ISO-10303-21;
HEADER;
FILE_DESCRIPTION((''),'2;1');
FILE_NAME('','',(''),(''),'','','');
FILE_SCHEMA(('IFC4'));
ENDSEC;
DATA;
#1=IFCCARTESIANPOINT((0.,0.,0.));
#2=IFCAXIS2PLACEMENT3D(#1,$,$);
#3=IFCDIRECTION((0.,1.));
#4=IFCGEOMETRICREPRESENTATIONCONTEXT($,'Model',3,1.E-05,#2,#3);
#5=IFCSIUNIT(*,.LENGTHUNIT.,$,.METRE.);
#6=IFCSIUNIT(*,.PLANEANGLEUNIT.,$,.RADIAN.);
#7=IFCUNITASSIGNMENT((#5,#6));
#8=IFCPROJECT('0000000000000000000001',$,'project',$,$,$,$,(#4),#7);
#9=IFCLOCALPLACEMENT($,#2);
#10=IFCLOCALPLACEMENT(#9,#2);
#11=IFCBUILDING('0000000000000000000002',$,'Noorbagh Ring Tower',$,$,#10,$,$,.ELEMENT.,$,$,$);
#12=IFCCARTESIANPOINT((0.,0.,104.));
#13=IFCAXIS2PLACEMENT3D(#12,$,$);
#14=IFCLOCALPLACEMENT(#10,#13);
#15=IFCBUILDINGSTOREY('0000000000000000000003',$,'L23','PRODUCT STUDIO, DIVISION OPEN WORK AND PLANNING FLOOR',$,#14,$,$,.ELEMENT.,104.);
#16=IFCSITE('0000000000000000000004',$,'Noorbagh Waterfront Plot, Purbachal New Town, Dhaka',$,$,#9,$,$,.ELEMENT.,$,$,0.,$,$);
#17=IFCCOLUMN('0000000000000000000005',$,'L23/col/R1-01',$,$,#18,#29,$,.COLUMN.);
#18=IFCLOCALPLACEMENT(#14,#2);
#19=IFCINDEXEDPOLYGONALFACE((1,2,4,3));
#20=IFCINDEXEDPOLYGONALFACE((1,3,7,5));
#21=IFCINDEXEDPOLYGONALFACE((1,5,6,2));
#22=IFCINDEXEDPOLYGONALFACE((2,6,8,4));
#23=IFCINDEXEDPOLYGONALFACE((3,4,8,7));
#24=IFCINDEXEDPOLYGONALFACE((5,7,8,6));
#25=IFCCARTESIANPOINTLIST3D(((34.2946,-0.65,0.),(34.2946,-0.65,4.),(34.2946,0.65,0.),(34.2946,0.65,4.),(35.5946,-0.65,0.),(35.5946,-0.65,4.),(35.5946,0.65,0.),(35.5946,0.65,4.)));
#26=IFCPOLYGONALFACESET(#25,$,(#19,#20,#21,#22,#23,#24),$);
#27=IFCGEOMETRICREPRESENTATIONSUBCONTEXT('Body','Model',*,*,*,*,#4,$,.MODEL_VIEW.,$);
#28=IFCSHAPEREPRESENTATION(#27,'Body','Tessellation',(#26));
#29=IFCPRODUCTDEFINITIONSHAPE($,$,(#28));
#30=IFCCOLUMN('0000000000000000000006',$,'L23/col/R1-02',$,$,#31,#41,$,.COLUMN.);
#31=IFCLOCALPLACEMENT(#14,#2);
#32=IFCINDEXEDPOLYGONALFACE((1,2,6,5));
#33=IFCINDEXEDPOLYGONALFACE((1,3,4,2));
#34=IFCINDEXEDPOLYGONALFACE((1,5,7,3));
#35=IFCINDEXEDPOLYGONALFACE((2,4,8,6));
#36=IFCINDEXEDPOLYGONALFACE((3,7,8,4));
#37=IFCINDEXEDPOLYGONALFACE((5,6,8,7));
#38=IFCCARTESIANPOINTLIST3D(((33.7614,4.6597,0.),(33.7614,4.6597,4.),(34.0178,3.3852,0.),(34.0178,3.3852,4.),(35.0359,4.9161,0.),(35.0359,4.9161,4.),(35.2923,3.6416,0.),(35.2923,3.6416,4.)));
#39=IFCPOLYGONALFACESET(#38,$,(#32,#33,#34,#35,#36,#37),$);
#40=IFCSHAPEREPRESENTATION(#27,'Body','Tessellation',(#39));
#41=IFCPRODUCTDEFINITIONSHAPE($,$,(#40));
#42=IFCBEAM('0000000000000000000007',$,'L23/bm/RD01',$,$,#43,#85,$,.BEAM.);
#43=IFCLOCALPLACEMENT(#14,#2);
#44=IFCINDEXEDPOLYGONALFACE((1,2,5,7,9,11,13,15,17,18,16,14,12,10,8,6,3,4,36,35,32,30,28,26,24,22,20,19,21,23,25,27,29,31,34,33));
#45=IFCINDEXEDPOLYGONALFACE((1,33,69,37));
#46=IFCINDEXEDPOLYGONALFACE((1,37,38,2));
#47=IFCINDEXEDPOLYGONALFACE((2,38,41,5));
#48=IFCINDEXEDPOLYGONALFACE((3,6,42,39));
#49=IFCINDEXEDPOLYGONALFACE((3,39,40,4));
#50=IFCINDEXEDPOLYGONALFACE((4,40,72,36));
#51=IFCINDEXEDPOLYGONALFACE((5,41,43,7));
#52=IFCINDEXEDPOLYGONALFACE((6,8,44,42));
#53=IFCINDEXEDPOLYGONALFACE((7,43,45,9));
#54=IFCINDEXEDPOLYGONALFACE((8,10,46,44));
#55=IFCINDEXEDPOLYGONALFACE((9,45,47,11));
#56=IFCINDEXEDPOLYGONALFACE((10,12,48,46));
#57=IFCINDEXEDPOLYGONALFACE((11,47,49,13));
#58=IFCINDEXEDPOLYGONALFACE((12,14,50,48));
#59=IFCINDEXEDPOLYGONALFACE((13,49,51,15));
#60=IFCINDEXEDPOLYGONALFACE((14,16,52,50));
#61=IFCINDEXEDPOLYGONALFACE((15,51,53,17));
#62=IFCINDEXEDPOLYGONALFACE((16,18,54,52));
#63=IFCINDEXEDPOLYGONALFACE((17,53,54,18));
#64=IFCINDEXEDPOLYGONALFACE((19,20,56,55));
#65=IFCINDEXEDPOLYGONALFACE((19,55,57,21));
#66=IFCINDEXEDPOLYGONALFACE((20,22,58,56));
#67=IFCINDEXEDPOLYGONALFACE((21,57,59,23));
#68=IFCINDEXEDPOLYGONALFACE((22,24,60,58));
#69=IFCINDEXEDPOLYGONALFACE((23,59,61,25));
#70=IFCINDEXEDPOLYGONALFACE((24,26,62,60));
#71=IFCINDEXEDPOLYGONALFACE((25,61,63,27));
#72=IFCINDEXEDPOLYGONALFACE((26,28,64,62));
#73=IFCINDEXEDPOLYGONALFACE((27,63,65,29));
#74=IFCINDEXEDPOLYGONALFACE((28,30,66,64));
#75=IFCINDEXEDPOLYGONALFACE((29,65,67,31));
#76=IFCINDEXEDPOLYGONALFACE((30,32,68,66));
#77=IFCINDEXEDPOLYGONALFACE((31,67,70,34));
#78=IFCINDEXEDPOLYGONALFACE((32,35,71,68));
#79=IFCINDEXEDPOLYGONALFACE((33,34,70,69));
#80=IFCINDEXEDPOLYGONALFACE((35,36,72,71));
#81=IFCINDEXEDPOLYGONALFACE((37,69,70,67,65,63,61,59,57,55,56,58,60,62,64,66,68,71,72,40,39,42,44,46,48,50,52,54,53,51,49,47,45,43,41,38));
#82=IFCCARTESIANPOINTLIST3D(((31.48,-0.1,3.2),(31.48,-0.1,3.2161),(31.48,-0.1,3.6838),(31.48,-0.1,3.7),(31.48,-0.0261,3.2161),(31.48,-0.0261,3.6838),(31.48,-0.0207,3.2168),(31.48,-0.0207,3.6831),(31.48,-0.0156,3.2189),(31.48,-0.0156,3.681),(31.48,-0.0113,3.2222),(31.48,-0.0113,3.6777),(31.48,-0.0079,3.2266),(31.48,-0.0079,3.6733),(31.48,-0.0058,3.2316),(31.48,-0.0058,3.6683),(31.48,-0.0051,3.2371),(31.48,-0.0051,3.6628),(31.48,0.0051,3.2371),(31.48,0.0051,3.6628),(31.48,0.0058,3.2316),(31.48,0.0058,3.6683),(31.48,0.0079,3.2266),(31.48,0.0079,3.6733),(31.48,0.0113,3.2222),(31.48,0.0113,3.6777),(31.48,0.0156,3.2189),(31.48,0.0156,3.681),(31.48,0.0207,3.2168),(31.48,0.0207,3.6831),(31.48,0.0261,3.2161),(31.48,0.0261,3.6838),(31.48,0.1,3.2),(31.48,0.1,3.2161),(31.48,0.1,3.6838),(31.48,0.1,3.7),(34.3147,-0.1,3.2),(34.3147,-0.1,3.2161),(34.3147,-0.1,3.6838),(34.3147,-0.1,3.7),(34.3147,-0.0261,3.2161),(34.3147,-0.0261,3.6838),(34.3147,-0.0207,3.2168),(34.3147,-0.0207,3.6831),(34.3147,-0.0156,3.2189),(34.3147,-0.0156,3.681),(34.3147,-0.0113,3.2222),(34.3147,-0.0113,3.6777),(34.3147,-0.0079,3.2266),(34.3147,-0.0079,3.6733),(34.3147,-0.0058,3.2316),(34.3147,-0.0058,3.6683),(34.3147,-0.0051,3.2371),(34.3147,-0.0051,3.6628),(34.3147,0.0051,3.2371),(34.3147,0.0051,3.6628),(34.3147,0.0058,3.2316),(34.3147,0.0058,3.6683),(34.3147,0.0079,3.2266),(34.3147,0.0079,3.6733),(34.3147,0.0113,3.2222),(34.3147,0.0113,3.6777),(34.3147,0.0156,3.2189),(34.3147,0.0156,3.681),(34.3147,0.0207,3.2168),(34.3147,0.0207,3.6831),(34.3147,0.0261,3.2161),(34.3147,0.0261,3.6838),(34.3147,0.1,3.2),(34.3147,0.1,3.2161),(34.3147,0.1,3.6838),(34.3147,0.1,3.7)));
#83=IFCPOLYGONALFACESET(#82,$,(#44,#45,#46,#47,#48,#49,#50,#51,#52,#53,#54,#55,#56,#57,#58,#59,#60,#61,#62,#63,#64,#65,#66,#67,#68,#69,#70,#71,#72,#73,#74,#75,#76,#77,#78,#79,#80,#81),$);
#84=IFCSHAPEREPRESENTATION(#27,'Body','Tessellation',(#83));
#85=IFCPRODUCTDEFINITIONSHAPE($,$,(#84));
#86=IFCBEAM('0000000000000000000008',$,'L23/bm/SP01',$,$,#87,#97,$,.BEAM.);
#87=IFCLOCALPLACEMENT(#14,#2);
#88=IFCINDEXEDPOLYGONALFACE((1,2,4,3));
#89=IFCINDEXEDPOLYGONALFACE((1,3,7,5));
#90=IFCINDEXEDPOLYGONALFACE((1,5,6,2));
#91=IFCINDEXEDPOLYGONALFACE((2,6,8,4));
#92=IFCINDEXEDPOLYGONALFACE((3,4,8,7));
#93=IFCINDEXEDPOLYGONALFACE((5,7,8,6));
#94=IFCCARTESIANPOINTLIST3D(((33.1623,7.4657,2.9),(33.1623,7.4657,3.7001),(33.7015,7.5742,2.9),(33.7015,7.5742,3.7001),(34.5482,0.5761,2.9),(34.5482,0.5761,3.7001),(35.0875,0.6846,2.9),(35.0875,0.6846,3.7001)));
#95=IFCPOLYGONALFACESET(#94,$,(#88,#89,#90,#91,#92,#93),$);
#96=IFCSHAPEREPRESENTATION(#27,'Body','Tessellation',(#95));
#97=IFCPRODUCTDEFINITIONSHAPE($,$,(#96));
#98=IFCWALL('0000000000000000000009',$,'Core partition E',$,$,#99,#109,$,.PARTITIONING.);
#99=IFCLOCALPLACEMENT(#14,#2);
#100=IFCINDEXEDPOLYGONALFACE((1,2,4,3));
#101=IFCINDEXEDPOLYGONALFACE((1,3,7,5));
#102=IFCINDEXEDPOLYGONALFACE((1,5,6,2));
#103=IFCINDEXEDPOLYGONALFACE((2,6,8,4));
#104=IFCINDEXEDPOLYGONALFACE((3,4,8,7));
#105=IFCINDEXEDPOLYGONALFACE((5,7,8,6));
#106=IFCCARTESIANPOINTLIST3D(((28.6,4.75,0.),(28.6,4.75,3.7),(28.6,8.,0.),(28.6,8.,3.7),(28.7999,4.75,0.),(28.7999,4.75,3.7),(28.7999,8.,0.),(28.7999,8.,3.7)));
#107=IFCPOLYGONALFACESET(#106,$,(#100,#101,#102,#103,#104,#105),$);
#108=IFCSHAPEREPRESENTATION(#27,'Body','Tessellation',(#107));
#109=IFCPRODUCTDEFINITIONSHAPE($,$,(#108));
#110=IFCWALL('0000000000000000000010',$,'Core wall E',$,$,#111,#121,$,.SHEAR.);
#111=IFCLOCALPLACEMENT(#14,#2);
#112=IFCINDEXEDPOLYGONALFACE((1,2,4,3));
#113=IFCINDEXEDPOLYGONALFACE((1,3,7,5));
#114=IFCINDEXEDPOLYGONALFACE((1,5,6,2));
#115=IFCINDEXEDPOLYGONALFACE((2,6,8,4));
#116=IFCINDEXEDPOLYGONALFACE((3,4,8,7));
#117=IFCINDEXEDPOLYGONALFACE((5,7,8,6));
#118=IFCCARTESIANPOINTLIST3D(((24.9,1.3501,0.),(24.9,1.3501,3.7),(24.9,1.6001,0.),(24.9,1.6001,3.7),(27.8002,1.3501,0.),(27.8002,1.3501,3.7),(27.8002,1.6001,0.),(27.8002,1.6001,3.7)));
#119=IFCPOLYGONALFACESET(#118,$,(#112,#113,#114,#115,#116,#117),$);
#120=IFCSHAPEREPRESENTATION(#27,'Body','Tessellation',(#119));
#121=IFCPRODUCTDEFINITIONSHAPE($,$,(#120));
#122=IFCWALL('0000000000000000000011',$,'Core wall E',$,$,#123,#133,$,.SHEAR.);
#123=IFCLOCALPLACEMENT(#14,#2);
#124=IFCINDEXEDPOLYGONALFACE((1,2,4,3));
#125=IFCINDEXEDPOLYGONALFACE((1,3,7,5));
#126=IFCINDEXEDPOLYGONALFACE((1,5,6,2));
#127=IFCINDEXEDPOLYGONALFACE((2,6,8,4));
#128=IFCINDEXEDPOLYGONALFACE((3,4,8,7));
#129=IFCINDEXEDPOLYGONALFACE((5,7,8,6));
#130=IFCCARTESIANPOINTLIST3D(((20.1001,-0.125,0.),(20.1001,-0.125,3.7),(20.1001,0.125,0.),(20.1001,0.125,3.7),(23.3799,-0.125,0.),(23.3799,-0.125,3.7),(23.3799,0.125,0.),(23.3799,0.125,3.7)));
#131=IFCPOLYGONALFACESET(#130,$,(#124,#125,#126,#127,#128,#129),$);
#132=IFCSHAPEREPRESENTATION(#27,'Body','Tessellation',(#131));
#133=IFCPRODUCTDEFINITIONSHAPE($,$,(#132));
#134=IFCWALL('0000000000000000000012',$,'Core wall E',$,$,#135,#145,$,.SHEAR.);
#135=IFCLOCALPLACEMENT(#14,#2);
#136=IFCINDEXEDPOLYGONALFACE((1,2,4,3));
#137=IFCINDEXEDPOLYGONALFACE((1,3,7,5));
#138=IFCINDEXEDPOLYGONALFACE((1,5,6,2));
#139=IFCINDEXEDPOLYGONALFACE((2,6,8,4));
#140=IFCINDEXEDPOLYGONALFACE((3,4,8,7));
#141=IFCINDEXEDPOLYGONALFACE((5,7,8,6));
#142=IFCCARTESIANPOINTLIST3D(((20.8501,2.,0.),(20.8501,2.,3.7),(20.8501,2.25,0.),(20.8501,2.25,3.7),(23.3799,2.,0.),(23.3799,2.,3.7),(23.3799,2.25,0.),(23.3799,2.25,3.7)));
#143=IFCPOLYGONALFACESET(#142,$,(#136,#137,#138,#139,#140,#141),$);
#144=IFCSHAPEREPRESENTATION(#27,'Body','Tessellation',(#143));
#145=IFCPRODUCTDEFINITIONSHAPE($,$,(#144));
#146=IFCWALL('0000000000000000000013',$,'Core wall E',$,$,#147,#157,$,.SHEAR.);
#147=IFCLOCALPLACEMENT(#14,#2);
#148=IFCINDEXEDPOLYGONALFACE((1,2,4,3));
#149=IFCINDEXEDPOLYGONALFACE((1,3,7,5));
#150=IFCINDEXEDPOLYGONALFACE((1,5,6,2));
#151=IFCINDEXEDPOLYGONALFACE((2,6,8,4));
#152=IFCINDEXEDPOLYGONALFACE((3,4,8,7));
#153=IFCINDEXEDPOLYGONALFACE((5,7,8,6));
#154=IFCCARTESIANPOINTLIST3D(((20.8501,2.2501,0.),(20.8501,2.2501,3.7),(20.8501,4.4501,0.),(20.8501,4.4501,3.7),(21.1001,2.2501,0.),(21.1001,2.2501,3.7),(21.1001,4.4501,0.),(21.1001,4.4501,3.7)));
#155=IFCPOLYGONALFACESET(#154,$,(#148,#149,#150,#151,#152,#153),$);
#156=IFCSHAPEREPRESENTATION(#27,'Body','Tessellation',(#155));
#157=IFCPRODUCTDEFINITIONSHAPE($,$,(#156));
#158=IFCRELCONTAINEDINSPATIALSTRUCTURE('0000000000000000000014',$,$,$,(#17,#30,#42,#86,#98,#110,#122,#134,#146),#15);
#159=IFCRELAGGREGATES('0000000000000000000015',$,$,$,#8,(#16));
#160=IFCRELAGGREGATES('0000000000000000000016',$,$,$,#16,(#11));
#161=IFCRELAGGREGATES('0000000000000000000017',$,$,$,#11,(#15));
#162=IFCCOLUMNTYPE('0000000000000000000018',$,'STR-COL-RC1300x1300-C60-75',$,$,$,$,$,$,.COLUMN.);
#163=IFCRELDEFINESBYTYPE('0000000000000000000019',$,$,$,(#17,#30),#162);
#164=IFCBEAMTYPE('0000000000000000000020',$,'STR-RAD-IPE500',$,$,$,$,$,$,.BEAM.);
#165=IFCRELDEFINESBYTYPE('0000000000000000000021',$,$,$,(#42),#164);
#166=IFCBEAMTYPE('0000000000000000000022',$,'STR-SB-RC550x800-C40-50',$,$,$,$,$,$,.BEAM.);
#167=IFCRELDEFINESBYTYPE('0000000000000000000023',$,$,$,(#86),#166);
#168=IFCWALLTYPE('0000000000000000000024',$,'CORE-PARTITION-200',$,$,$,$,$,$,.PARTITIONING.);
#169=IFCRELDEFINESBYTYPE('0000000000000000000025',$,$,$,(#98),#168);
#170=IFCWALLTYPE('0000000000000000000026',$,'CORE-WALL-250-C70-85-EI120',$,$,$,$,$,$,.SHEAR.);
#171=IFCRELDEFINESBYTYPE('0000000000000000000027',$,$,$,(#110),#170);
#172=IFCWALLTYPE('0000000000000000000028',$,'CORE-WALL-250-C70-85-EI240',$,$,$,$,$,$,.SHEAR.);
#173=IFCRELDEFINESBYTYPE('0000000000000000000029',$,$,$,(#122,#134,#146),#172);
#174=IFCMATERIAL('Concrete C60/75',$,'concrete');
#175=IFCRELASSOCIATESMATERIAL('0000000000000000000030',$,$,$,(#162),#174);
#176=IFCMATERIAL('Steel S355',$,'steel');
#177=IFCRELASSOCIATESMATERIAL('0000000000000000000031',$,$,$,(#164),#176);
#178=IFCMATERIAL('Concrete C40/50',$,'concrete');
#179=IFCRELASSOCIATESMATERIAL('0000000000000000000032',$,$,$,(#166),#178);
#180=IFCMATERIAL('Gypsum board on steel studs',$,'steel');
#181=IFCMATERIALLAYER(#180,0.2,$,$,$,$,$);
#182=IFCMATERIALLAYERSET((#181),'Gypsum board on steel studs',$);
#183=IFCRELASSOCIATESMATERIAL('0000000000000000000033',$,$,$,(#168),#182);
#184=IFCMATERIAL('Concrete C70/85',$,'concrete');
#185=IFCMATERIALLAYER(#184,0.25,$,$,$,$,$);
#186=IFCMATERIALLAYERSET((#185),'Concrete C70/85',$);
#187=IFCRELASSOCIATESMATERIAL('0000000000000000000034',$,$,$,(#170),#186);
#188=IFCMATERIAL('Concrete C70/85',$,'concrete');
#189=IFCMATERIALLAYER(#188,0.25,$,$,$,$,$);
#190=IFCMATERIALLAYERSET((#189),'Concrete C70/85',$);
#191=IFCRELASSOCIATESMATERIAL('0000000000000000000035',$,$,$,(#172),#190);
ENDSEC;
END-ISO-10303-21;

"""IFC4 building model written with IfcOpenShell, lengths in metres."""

from ifc_helpers import new_model, si_unit, direction, frame, frame_2d, origin, origin_2d, place, context, subcontext, project, spatial, rectangle, i_section, extrude, material, layer, layer_set, material_profile, profile_set, type_object, element, save


model = new_model("IFC4")

# Units and contexts
model_context = context("Model", 3, precision=1e-05, world=origin(), true_north=direction((0.0, 1.0)))
body_context = subcontext(model_context, "Body", "Model", "MODEL_VIEW")
ifc_project = project(units=[si_unit("LENGTHUNIT", "METRE"), si_unit("PLANEANGLEUNIT", "RADIAN")], contexts=[model_context])

# Site, building, storey
site_placement = place(None, origin())
site = spatial("IfcSite", under=ifc_project, at=site_placement, Name="Noorbagh Waterfront Plot, Purbachal New Town, Dhaka", CompositionType="ELEMENT", RefElevation=0.0)
building_placement = place(site_placement, origin())
building = spatial("IfcBuilding", under=site, at=building_placement, Name="Noorbagh Ring Tower", CompositionType="ELEMENT")
storey_placement = place(building_placement, frame((0.0, 0.0, 104.0)))
storey = spatial("IfcBuildingStorey", under=building, at=storey_placement, Name="L23", Description="PRODUCT STUDIO, DIVISION OPEN WORK AND PLANNING FLOOR", CompositionType="ELEMENT", Elevation=104.0)

# Columns
ifc_material_1 = material(Name="Concrete C60/75", Category="concrete")
ifc_material_profile_1 = material_profile(ifc_material_1, rectangle(XDim=1.3, YDim=1.3, at=origin_2d()), Name="RC1300x1300")
ifc_profile_set_1 = profile_set([ifc_material_profile_1], Name="Concrete C60/75")
column_type = type_object("IfcColumnType", Name="STR-COL-RC1300x1300-C60-75", PredefinedType="COLUMN", material=ifc_profile_set_1)
for number, where, z_axis, x_axis, name in (
    (1, (34.9446, 0.0, 0.0), (0.0, 0.0, 1.0), (0.0, 1.0, 0.0), "L23/col/R1-01"),
    (2, (34.5269, 4.1506, 0.0), (0.0, 0.0, 1.0), (-0.19723, 0.980357, 0.0), "L23/col/R1-02"),
):
    element("IfcColumn", number, at=place(storey_placement, frame(where, z_axis=z_axis, x_axis=x_axis)), inside=storey, type_object=column_type, Name=name, PredefinedType="COLUMN", context=body_context, shape_type="SweptSolid", body=[
        extrude(rectangle(XDim=1.3, YDim=1.3, at=origin_2d()), origin(), (0.0, 0.0, 1.0), 4.0),
    ])

# Beams
ifc_material_2 = material(Name="Steel S355", Category="steel")
ifc_material_profile_2 = material_profile(ifc_material_2, i_section(OverallWidth=0.2, OverallDepth=0.5, WebThickness=0.0103, FlangeThickness=0.0161, FilletRadius=0.021, at=origin_2d()), Name="IPE500")
ifc_profile_set_2 = profile_set([ifc_material_profile_2], Name="Steel S355")
beam_type_1 = type_object("IfcBeamType", Name="STR-RAD-IPE500", PredefinedType="BEAM", material=ifc_profile_set_2)
beam_1_placement = place(storey_placement, frame((34.3147, 0.0, 3.45), z_axis=(-1.0, 0.0, 0.0), x_axis=(0.0, -1.0, 0.0)))
element("IfcBeam", 3, at=beam_1_placement, inside=storey, type_object=beam_type_1, Name="L23/bm/RD01", PredefinedType="BEAM", context=body_context, shape_type="SweptSolid", body=[
    extrude(i_section(OverallWidth=0.2, OverallDepth=0.5, WebThickness=0.0103, FlangeThickness=0.0161, FilletRadius=0.021, at=origin_2d()), origin(), (0.0, 0.0, 1.0), 2.8347),
])
ifc_material_3 = material(Name="Concrete C40/50", Category="concrete")
ifc_material_profile_3 = material_profile(ifc_material_3, rectangle(XDim=0.55, YDim=0.8, at=origin_2d()), Name="RC550x800")
ifc_profile_set_3 = profile_set([ifc_material_profile_3], Name="Concrete C40/50")
beam_type_2 = type_object("IfcBeamType", Name="STR-SB-RC550x800-C40-50", PredefinedType="BEAM", material=ifc_profile_set_3)
beam_2_placement = place(storey_placement, frame((34.8179, 0.6304, 3.3), z_axis=(-0.197218, 0.98036, 0.0), x_axis=(-0.98036, -0.197218, 0.0)))
element("IfcBeam", 4, at=beam_2_placement, inside=storey, type_object=beam_type_2, Name="L23/bm/SP01", PredefinedType="BEAM", context=body_context, shape_type="SweptSolid", body=[
    extrude(rectangle(XDim=0.55, YDim=0.8, at=origin_2d()), origin(), (0.0, 0.0, 1.0), 7.0276),
])

# Walls
ifc_material_4 = material(Name="Gypsum board on steel studs", Category="steel")
ifc_layer_1 = layer(ifc_material_4, 0.2)
ifc_layer_set_1 = layer_set([ifc_layer_1], Name="Gypsum board on steel studs")
wall_type_1 = type_object("IfcWallType", Name="CORE-PARTITION-200", PredefinedType="PARTITIONING", material=ifc_layer_set_1)
wall_1_placement = place(storey_placement, frame((28.7, 4.75, 0.0), z_axis=(0.0, 0.0, 1.0), x_axis=(0.0, 1.0, 0.0)))
element("IfcWall", 5, at=wall_1_placement, inside=storey, type_object=wall_type_1, Name="Core partition E", PredefinedType="PARTITIONING", context=body_context, shape_type="SweptSolid", body=[
    extrude(rectangle(XDim=3.25, YDim=0.2, at=frame_2d((1.625, 0.0))), origin(), (0.0, 0.0, 1.0), 3.7),
])
ifc_material_5 = material(Name="Concrete C70/85", Category="concrete")
ifc_layer_2 = layer(ifc_material_5, 0.25)
ifc_layer_set_2 = layer_set([ifc_layer_2], Name="Concrete C70/85")
wall_type_2 = type_object("IfcWallType", Name="CORE-WALL-250-C70-85-EI120", PredefinedType="SHEAR", material=ifc_layer_set_2)
wall_2_placement = place(storey_placement, frame((24.8999, 1.4751, 0.0), z_axis=(0.0, 0.0, 1.0), x_axis=(1.0, 0.0, 0.0)))
element("IfcWall", 6, at=wall_2_placement, inside=storey, type_object=wall_type_2, Name="Core wall E", PredefinedType="SHEAR", context=body_context, shape_type="SweptSolid", body=[
    extrude(rectangle(XDim=2.9001, YDim=0.25, at=frame_2d((1.4502, 0.0))), origin(), (0.0, 0.0, 1.0), 3.7),
])
ifc_material_6 = material(Name="Concrete C70/85", Category="concrete")
ifc_layer_3 = layer(ifc_material_6, 0.25)
ifc_layer_set_3 = layer_set([ifc_layer_3], Name="Concrete C70/85")
wall_type_3 = type_object("IfcWallType", Name="CORE-WALL-250-C70-85-EI240", PredefinedType="SHEAR", material=ifc_layer_set_3)
wall_3_placement = place(storey_placement, frame((20.1001, 0.0, 0.0), z_axis=(0.0, 0.0, 1.0), x_axis=(1.0, 0.0, 0.0)))
element("IfcWall", 7, at=wall_3_placement, inside=storey, type_object=wall_type_3, Name="Core wall E", PredefinedType="SHEAR", context=body_context, shape_type="SweptSolid", body=[
    extrude(rectangle(XDim=3.2798, YDim=0.25, at=frame_2d((1.6399, 0.0))), origin(), (0.0, 0.0, 1.0), 3.7),
])
wall_4_placement = place(storey_placement, frame((20.8501, 2.125, 0.0), z_axis=(0.0, 0.0, 1.0), x_axis=(1.0, 0.0, 0.0)))
element("IfcWall", 8, at=wall_4_placement, inside=storey, type_object=wall_type_3, Name="Core wall E", PredefinedType="SHEAR", context=body_context, shape_type="SweptSolid", body=[
    extrude(rectangle(XDim=2.5298, YDim=0.25, at=frame_2d((1.2649, 0.0))), origin(), (0.0, 0.0, 1.0), 3.7),
])
wall_5_placement = place(storey_placement, frame((20.9751, 2.25, 0.0), z_axis=(0.0, 0.0, 1.0), x_axis=(0.0, 1.0, 0.0)))
element("IfcWall", 9, at=wall_5_placement, inside=storey, type_object=wall_type_3, Name="Core wall E", PredefinedType="SHEAR", context=body_context, shape_type="SweptSolid", body=[
    extrude(rectangle(XDim=2.2, YDim=0.25, at=frame_2d((1.1001, 0.0))), origin(), (0.0, 0.0, 1.0), 3.7),
])

save(model, "model.ifc")
